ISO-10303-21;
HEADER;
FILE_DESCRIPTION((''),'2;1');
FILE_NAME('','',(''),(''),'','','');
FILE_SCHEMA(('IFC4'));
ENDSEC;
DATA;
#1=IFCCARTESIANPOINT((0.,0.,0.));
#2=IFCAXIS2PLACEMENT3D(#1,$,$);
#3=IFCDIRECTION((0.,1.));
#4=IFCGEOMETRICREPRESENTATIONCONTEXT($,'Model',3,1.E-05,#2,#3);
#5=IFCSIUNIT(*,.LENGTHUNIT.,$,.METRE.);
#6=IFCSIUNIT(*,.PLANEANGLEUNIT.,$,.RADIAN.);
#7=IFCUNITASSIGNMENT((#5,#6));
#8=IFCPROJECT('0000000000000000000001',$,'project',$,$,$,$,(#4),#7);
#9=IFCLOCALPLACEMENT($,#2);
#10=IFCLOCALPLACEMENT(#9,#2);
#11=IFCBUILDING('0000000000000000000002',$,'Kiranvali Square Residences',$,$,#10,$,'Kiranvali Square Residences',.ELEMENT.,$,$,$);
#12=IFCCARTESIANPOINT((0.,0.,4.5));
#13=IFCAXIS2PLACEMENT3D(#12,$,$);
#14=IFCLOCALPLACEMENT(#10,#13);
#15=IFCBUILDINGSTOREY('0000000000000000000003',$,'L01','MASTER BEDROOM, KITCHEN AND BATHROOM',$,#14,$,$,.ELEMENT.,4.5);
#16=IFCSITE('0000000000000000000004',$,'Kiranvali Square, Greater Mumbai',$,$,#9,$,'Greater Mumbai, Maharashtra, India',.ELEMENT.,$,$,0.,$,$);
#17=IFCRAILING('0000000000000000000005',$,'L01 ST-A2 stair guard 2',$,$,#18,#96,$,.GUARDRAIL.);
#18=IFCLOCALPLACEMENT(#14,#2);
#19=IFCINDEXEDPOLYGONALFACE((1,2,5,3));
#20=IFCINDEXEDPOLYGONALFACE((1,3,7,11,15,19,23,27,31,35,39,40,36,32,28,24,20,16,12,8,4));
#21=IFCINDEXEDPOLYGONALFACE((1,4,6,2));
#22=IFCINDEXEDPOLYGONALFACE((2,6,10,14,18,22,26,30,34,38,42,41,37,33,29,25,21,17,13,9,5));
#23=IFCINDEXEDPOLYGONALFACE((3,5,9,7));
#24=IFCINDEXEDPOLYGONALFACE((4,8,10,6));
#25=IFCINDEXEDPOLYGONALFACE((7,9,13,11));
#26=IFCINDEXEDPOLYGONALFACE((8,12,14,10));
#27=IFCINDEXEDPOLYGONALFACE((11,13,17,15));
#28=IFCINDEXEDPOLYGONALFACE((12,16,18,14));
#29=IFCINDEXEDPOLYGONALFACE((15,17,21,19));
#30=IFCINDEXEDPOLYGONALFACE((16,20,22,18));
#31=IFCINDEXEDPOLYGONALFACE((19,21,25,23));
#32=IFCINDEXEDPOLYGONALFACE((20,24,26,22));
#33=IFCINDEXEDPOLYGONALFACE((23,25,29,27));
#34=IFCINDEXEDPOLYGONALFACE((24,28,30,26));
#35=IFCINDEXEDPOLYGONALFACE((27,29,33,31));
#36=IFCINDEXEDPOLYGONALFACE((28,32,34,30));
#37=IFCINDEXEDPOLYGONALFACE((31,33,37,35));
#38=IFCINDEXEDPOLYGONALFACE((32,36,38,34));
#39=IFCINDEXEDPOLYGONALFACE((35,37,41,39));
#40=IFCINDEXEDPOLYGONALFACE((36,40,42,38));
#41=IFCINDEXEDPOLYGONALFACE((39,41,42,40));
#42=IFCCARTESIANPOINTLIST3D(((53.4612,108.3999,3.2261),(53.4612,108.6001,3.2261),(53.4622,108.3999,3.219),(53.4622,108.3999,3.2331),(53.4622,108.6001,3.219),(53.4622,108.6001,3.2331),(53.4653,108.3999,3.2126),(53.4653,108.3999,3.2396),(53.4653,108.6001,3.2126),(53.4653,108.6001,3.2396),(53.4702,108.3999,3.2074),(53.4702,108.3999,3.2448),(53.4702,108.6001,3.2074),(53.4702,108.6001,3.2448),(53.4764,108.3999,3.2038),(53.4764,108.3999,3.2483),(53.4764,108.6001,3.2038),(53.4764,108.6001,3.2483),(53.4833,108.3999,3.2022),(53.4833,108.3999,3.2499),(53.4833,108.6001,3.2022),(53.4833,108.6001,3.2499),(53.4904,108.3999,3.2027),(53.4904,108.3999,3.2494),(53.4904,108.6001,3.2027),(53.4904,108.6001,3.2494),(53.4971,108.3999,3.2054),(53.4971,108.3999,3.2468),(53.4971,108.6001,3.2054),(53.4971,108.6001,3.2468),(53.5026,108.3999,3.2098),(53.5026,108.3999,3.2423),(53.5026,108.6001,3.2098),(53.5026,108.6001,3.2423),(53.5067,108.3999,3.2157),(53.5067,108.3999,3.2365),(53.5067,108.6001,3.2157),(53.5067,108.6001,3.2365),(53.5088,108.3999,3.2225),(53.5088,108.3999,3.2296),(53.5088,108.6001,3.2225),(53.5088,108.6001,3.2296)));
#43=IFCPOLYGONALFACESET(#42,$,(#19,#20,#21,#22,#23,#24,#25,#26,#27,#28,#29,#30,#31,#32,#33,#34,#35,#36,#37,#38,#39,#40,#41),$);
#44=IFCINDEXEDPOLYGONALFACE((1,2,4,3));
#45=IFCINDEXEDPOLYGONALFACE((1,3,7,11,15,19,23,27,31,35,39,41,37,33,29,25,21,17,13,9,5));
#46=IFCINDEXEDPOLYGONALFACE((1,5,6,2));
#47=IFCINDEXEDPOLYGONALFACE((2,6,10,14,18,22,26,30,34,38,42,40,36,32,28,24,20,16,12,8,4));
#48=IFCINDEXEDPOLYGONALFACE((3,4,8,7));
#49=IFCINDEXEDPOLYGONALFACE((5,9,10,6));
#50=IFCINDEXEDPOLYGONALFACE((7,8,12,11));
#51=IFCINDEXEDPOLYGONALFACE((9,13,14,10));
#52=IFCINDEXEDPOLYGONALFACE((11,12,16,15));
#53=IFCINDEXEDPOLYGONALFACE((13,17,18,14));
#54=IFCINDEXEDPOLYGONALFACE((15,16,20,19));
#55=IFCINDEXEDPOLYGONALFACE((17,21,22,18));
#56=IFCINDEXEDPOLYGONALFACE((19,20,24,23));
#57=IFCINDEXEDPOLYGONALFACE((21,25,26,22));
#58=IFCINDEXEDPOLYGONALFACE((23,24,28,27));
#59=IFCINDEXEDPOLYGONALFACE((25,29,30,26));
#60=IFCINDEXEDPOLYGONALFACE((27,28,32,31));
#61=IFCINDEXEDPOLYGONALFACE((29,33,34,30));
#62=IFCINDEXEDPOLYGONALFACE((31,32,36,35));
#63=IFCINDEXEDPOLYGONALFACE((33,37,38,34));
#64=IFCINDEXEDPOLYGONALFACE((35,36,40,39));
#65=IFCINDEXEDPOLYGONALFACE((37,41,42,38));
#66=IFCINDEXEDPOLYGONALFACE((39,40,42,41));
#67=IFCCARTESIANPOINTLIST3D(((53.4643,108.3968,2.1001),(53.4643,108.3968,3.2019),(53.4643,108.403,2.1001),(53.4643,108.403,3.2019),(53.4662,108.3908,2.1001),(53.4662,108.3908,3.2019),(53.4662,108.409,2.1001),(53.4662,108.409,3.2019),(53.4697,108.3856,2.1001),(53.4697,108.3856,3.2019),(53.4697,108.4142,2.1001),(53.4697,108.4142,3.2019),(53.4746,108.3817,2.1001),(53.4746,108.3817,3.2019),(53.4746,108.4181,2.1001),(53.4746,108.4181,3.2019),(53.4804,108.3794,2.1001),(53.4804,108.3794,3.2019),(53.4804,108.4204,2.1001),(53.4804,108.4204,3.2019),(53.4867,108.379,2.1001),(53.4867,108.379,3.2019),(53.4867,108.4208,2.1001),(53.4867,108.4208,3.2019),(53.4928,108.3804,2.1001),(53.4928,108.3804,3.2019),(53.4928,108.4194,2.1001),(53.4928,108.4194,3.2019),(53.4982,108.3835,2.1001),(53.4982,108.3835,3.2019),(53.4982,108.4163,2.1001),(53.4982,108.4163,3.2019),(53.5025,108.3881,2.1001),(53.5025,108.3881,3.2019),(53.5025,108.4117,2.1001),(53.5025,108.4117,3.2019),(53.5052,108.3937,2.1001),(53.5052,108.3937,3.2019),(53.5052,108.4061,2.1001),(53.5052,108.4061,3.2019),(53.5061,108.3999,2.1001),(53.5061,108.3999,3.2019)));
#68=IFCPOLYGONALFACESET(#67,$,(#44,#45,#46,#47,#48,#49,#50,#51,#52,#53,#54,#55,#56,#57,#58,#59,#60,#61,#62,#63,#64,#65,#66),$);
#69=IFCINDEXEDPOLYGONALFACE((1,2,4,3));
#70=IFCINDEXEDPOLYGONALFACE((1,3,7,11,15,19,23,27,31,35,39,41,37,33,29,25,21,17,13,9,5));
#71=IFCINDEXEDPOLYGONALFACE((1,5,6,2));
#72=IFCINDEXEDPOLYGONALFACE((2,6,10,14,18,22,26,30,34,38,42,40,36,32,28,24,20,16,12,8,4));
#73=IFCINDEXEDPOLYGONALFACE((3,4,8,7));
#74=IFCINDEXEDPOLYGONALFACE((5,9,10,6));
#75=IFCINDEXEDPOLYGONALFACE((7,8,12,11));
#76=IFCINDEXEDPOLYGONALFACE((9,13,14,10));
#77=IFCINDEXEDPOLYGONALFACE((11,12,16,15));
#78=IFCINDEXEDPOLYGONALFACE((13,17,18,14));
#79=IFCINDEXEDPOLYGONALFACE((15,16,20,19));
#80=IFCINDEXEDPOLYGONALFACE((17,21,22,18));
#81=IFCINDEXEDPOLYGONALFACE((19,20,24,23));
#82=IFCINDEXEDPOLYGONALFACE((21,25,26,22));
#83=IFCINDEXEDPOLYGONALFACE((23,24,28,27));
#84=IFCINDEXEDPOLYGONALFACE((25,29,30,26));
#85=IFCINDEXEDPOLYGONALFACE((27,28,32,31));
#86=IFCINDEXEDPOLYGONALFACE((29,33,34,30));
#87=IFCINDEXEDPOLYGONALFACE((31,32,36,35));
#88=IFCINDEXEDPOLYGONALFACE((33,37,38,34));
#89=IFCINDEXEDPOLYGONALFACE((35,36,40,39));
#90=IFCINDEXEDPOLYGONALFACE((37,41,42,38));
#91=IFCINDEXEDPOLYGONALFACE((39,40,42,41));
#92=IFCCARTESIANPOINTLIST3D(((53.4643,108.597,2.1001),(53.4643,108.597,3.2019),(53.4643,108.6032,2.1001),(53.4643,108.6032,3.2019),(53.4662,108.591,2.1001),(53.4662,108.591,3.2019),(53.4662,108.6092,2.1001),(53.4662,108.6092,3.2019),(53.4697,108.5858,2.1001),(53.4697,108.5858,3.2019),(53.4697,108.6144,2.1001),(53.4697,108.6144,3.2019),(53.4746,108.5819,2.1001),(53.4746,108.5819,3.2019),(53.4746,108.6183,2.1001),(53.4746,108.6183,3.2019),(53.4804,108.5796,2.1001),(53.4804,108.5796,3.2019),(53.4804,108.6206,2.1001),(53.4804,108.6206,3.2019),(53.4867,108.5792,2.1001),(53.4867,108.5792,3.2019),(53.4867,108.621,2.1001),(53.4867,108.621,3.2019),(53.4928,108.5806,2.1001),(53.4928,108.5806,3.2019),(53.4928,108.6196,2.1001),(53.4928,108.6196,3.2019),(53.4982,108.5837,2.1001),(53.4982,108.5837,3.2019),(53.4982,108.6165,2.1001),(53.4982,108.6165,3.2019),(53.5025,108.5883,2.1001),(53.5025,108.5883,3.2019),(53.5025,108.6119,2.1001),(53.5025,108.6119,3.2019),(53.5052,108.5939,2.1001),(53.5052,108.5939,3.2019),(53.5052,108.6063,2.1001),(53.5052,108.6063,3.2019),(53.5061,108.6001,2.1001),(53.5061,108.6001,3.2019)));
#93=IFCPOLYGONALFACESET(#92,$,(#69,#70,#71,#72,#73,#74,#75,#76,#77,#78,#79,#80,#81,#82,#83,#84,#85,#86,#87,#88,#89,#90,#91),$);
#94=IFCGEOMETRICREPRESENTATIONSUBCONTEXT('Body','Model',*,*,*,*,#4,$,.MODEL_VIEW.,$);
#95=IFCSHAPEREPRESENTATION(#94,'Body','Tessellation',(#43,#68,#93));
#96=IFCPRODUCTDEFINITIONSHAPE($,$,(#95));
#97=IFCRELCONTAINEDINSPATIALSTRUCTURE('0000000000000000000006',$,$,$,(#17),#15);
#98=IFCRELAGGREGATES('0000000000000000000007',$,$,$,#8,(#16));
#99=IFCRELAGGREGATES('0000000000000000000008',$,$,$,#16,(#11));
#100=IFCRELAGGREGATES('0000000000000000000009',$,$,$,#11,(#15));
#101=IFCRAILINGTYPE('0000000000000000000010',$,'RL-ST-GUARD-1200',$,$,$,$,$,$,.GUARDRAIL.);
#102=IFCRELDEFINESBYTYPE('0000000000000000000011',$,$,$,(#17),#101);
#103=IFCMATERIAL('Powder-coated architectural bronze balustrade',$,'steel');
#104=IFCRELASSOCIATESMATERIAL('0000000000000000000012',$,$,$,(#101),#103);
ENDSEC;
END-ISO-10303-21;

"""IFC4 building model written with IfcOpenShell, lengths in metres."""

from ifc_helpers import new_model, si_unit, direction, frame, origin, origin_2d, place, context, subcontext, project, spatial, circle, extrude, material, type_object, element, save


model = new_model("IFC4")

# Units and contexts
model_context = context("Model", 3, precision=1e-05, world=origin(), true_north=direction((0.0, 1.0)))
body_context = subcontext(model_context, "Body", "Model", "MODEL_VIEW")
ifc_project = project(units=[si_unit("LENGTHUNIT", "METRE"), si_unit("PLANEANGLEUNIT", "RADIAN")], contexts=[model_context])

# Site, building, storey
site_placement = place(None, origin())
site = spatial("IfcSite", under=ifc_project, at=site_placement, Name="Kiranvali Square, Greater Mumbai", LongName="Greater Mumbai, Maharashtra, India", CompositionType="ELEMENT", RefElevation=0.0)
building_placement = place(site_placement, origin())
building = spatial("IfcBuilding", under=site, at=building_placement, Name="Kiranvali Square Residences", LongName="Kiranvali Square Residences", CompositionType="ELEMENT")
storey_placement = place(building_placement, frame((0.0, 0.0, 4.5)))
storey = spatial("IfcBuildingStorey", under=building, at=storey_placement, Name="L01", Description="MASTER BEDROOM, KITCHEN AND BATHROOM", CompositionType="ELEMENT", Elevation=4.5)

# Railing
ifc_material_1 = material(Name="Powder-coated architectural bronze balustrade", Category="steel")
railing_type_1 = type_object("IfcRailingType", Name="RL-ST-GUARD-1200", PredefinedType="GUARDRAIL", material=ifc_material_1)
railing_1_placement = place(storey_placement, frame((53.4851, 108.3999, 2.1001)))
element("IfcRailing", 1, at=railing_1_placement, inside=storey, type_object=railing_type_1, Name="L01 ST-A2 stair guard 2", PredefinedType="GUARDRAIL", context=body_context, shape_type="SweptSolid", body=[
    extrude(circle(Radius=0.0239, at=origin_2d()), frame((0.0, 0.0, 1.126), z_axis=(0.0, 1.0, 0.0), x_axis=(-1.0, 0.0, 0.0)), (0.0, 0.0, 1.0), 0.2002),
    extrude(circle(Radius=0.021, at=origin_2d()), origin(), (0.0, 0.0, 1.0), 1.1018),
    extrude(circle(Radius=0.021, at=origin_2d()), frame((0.0, 0.2002, 0.0)), (0.0, 0.0, 1.0), 1.1018),
])

save(model, "model.ifc")
